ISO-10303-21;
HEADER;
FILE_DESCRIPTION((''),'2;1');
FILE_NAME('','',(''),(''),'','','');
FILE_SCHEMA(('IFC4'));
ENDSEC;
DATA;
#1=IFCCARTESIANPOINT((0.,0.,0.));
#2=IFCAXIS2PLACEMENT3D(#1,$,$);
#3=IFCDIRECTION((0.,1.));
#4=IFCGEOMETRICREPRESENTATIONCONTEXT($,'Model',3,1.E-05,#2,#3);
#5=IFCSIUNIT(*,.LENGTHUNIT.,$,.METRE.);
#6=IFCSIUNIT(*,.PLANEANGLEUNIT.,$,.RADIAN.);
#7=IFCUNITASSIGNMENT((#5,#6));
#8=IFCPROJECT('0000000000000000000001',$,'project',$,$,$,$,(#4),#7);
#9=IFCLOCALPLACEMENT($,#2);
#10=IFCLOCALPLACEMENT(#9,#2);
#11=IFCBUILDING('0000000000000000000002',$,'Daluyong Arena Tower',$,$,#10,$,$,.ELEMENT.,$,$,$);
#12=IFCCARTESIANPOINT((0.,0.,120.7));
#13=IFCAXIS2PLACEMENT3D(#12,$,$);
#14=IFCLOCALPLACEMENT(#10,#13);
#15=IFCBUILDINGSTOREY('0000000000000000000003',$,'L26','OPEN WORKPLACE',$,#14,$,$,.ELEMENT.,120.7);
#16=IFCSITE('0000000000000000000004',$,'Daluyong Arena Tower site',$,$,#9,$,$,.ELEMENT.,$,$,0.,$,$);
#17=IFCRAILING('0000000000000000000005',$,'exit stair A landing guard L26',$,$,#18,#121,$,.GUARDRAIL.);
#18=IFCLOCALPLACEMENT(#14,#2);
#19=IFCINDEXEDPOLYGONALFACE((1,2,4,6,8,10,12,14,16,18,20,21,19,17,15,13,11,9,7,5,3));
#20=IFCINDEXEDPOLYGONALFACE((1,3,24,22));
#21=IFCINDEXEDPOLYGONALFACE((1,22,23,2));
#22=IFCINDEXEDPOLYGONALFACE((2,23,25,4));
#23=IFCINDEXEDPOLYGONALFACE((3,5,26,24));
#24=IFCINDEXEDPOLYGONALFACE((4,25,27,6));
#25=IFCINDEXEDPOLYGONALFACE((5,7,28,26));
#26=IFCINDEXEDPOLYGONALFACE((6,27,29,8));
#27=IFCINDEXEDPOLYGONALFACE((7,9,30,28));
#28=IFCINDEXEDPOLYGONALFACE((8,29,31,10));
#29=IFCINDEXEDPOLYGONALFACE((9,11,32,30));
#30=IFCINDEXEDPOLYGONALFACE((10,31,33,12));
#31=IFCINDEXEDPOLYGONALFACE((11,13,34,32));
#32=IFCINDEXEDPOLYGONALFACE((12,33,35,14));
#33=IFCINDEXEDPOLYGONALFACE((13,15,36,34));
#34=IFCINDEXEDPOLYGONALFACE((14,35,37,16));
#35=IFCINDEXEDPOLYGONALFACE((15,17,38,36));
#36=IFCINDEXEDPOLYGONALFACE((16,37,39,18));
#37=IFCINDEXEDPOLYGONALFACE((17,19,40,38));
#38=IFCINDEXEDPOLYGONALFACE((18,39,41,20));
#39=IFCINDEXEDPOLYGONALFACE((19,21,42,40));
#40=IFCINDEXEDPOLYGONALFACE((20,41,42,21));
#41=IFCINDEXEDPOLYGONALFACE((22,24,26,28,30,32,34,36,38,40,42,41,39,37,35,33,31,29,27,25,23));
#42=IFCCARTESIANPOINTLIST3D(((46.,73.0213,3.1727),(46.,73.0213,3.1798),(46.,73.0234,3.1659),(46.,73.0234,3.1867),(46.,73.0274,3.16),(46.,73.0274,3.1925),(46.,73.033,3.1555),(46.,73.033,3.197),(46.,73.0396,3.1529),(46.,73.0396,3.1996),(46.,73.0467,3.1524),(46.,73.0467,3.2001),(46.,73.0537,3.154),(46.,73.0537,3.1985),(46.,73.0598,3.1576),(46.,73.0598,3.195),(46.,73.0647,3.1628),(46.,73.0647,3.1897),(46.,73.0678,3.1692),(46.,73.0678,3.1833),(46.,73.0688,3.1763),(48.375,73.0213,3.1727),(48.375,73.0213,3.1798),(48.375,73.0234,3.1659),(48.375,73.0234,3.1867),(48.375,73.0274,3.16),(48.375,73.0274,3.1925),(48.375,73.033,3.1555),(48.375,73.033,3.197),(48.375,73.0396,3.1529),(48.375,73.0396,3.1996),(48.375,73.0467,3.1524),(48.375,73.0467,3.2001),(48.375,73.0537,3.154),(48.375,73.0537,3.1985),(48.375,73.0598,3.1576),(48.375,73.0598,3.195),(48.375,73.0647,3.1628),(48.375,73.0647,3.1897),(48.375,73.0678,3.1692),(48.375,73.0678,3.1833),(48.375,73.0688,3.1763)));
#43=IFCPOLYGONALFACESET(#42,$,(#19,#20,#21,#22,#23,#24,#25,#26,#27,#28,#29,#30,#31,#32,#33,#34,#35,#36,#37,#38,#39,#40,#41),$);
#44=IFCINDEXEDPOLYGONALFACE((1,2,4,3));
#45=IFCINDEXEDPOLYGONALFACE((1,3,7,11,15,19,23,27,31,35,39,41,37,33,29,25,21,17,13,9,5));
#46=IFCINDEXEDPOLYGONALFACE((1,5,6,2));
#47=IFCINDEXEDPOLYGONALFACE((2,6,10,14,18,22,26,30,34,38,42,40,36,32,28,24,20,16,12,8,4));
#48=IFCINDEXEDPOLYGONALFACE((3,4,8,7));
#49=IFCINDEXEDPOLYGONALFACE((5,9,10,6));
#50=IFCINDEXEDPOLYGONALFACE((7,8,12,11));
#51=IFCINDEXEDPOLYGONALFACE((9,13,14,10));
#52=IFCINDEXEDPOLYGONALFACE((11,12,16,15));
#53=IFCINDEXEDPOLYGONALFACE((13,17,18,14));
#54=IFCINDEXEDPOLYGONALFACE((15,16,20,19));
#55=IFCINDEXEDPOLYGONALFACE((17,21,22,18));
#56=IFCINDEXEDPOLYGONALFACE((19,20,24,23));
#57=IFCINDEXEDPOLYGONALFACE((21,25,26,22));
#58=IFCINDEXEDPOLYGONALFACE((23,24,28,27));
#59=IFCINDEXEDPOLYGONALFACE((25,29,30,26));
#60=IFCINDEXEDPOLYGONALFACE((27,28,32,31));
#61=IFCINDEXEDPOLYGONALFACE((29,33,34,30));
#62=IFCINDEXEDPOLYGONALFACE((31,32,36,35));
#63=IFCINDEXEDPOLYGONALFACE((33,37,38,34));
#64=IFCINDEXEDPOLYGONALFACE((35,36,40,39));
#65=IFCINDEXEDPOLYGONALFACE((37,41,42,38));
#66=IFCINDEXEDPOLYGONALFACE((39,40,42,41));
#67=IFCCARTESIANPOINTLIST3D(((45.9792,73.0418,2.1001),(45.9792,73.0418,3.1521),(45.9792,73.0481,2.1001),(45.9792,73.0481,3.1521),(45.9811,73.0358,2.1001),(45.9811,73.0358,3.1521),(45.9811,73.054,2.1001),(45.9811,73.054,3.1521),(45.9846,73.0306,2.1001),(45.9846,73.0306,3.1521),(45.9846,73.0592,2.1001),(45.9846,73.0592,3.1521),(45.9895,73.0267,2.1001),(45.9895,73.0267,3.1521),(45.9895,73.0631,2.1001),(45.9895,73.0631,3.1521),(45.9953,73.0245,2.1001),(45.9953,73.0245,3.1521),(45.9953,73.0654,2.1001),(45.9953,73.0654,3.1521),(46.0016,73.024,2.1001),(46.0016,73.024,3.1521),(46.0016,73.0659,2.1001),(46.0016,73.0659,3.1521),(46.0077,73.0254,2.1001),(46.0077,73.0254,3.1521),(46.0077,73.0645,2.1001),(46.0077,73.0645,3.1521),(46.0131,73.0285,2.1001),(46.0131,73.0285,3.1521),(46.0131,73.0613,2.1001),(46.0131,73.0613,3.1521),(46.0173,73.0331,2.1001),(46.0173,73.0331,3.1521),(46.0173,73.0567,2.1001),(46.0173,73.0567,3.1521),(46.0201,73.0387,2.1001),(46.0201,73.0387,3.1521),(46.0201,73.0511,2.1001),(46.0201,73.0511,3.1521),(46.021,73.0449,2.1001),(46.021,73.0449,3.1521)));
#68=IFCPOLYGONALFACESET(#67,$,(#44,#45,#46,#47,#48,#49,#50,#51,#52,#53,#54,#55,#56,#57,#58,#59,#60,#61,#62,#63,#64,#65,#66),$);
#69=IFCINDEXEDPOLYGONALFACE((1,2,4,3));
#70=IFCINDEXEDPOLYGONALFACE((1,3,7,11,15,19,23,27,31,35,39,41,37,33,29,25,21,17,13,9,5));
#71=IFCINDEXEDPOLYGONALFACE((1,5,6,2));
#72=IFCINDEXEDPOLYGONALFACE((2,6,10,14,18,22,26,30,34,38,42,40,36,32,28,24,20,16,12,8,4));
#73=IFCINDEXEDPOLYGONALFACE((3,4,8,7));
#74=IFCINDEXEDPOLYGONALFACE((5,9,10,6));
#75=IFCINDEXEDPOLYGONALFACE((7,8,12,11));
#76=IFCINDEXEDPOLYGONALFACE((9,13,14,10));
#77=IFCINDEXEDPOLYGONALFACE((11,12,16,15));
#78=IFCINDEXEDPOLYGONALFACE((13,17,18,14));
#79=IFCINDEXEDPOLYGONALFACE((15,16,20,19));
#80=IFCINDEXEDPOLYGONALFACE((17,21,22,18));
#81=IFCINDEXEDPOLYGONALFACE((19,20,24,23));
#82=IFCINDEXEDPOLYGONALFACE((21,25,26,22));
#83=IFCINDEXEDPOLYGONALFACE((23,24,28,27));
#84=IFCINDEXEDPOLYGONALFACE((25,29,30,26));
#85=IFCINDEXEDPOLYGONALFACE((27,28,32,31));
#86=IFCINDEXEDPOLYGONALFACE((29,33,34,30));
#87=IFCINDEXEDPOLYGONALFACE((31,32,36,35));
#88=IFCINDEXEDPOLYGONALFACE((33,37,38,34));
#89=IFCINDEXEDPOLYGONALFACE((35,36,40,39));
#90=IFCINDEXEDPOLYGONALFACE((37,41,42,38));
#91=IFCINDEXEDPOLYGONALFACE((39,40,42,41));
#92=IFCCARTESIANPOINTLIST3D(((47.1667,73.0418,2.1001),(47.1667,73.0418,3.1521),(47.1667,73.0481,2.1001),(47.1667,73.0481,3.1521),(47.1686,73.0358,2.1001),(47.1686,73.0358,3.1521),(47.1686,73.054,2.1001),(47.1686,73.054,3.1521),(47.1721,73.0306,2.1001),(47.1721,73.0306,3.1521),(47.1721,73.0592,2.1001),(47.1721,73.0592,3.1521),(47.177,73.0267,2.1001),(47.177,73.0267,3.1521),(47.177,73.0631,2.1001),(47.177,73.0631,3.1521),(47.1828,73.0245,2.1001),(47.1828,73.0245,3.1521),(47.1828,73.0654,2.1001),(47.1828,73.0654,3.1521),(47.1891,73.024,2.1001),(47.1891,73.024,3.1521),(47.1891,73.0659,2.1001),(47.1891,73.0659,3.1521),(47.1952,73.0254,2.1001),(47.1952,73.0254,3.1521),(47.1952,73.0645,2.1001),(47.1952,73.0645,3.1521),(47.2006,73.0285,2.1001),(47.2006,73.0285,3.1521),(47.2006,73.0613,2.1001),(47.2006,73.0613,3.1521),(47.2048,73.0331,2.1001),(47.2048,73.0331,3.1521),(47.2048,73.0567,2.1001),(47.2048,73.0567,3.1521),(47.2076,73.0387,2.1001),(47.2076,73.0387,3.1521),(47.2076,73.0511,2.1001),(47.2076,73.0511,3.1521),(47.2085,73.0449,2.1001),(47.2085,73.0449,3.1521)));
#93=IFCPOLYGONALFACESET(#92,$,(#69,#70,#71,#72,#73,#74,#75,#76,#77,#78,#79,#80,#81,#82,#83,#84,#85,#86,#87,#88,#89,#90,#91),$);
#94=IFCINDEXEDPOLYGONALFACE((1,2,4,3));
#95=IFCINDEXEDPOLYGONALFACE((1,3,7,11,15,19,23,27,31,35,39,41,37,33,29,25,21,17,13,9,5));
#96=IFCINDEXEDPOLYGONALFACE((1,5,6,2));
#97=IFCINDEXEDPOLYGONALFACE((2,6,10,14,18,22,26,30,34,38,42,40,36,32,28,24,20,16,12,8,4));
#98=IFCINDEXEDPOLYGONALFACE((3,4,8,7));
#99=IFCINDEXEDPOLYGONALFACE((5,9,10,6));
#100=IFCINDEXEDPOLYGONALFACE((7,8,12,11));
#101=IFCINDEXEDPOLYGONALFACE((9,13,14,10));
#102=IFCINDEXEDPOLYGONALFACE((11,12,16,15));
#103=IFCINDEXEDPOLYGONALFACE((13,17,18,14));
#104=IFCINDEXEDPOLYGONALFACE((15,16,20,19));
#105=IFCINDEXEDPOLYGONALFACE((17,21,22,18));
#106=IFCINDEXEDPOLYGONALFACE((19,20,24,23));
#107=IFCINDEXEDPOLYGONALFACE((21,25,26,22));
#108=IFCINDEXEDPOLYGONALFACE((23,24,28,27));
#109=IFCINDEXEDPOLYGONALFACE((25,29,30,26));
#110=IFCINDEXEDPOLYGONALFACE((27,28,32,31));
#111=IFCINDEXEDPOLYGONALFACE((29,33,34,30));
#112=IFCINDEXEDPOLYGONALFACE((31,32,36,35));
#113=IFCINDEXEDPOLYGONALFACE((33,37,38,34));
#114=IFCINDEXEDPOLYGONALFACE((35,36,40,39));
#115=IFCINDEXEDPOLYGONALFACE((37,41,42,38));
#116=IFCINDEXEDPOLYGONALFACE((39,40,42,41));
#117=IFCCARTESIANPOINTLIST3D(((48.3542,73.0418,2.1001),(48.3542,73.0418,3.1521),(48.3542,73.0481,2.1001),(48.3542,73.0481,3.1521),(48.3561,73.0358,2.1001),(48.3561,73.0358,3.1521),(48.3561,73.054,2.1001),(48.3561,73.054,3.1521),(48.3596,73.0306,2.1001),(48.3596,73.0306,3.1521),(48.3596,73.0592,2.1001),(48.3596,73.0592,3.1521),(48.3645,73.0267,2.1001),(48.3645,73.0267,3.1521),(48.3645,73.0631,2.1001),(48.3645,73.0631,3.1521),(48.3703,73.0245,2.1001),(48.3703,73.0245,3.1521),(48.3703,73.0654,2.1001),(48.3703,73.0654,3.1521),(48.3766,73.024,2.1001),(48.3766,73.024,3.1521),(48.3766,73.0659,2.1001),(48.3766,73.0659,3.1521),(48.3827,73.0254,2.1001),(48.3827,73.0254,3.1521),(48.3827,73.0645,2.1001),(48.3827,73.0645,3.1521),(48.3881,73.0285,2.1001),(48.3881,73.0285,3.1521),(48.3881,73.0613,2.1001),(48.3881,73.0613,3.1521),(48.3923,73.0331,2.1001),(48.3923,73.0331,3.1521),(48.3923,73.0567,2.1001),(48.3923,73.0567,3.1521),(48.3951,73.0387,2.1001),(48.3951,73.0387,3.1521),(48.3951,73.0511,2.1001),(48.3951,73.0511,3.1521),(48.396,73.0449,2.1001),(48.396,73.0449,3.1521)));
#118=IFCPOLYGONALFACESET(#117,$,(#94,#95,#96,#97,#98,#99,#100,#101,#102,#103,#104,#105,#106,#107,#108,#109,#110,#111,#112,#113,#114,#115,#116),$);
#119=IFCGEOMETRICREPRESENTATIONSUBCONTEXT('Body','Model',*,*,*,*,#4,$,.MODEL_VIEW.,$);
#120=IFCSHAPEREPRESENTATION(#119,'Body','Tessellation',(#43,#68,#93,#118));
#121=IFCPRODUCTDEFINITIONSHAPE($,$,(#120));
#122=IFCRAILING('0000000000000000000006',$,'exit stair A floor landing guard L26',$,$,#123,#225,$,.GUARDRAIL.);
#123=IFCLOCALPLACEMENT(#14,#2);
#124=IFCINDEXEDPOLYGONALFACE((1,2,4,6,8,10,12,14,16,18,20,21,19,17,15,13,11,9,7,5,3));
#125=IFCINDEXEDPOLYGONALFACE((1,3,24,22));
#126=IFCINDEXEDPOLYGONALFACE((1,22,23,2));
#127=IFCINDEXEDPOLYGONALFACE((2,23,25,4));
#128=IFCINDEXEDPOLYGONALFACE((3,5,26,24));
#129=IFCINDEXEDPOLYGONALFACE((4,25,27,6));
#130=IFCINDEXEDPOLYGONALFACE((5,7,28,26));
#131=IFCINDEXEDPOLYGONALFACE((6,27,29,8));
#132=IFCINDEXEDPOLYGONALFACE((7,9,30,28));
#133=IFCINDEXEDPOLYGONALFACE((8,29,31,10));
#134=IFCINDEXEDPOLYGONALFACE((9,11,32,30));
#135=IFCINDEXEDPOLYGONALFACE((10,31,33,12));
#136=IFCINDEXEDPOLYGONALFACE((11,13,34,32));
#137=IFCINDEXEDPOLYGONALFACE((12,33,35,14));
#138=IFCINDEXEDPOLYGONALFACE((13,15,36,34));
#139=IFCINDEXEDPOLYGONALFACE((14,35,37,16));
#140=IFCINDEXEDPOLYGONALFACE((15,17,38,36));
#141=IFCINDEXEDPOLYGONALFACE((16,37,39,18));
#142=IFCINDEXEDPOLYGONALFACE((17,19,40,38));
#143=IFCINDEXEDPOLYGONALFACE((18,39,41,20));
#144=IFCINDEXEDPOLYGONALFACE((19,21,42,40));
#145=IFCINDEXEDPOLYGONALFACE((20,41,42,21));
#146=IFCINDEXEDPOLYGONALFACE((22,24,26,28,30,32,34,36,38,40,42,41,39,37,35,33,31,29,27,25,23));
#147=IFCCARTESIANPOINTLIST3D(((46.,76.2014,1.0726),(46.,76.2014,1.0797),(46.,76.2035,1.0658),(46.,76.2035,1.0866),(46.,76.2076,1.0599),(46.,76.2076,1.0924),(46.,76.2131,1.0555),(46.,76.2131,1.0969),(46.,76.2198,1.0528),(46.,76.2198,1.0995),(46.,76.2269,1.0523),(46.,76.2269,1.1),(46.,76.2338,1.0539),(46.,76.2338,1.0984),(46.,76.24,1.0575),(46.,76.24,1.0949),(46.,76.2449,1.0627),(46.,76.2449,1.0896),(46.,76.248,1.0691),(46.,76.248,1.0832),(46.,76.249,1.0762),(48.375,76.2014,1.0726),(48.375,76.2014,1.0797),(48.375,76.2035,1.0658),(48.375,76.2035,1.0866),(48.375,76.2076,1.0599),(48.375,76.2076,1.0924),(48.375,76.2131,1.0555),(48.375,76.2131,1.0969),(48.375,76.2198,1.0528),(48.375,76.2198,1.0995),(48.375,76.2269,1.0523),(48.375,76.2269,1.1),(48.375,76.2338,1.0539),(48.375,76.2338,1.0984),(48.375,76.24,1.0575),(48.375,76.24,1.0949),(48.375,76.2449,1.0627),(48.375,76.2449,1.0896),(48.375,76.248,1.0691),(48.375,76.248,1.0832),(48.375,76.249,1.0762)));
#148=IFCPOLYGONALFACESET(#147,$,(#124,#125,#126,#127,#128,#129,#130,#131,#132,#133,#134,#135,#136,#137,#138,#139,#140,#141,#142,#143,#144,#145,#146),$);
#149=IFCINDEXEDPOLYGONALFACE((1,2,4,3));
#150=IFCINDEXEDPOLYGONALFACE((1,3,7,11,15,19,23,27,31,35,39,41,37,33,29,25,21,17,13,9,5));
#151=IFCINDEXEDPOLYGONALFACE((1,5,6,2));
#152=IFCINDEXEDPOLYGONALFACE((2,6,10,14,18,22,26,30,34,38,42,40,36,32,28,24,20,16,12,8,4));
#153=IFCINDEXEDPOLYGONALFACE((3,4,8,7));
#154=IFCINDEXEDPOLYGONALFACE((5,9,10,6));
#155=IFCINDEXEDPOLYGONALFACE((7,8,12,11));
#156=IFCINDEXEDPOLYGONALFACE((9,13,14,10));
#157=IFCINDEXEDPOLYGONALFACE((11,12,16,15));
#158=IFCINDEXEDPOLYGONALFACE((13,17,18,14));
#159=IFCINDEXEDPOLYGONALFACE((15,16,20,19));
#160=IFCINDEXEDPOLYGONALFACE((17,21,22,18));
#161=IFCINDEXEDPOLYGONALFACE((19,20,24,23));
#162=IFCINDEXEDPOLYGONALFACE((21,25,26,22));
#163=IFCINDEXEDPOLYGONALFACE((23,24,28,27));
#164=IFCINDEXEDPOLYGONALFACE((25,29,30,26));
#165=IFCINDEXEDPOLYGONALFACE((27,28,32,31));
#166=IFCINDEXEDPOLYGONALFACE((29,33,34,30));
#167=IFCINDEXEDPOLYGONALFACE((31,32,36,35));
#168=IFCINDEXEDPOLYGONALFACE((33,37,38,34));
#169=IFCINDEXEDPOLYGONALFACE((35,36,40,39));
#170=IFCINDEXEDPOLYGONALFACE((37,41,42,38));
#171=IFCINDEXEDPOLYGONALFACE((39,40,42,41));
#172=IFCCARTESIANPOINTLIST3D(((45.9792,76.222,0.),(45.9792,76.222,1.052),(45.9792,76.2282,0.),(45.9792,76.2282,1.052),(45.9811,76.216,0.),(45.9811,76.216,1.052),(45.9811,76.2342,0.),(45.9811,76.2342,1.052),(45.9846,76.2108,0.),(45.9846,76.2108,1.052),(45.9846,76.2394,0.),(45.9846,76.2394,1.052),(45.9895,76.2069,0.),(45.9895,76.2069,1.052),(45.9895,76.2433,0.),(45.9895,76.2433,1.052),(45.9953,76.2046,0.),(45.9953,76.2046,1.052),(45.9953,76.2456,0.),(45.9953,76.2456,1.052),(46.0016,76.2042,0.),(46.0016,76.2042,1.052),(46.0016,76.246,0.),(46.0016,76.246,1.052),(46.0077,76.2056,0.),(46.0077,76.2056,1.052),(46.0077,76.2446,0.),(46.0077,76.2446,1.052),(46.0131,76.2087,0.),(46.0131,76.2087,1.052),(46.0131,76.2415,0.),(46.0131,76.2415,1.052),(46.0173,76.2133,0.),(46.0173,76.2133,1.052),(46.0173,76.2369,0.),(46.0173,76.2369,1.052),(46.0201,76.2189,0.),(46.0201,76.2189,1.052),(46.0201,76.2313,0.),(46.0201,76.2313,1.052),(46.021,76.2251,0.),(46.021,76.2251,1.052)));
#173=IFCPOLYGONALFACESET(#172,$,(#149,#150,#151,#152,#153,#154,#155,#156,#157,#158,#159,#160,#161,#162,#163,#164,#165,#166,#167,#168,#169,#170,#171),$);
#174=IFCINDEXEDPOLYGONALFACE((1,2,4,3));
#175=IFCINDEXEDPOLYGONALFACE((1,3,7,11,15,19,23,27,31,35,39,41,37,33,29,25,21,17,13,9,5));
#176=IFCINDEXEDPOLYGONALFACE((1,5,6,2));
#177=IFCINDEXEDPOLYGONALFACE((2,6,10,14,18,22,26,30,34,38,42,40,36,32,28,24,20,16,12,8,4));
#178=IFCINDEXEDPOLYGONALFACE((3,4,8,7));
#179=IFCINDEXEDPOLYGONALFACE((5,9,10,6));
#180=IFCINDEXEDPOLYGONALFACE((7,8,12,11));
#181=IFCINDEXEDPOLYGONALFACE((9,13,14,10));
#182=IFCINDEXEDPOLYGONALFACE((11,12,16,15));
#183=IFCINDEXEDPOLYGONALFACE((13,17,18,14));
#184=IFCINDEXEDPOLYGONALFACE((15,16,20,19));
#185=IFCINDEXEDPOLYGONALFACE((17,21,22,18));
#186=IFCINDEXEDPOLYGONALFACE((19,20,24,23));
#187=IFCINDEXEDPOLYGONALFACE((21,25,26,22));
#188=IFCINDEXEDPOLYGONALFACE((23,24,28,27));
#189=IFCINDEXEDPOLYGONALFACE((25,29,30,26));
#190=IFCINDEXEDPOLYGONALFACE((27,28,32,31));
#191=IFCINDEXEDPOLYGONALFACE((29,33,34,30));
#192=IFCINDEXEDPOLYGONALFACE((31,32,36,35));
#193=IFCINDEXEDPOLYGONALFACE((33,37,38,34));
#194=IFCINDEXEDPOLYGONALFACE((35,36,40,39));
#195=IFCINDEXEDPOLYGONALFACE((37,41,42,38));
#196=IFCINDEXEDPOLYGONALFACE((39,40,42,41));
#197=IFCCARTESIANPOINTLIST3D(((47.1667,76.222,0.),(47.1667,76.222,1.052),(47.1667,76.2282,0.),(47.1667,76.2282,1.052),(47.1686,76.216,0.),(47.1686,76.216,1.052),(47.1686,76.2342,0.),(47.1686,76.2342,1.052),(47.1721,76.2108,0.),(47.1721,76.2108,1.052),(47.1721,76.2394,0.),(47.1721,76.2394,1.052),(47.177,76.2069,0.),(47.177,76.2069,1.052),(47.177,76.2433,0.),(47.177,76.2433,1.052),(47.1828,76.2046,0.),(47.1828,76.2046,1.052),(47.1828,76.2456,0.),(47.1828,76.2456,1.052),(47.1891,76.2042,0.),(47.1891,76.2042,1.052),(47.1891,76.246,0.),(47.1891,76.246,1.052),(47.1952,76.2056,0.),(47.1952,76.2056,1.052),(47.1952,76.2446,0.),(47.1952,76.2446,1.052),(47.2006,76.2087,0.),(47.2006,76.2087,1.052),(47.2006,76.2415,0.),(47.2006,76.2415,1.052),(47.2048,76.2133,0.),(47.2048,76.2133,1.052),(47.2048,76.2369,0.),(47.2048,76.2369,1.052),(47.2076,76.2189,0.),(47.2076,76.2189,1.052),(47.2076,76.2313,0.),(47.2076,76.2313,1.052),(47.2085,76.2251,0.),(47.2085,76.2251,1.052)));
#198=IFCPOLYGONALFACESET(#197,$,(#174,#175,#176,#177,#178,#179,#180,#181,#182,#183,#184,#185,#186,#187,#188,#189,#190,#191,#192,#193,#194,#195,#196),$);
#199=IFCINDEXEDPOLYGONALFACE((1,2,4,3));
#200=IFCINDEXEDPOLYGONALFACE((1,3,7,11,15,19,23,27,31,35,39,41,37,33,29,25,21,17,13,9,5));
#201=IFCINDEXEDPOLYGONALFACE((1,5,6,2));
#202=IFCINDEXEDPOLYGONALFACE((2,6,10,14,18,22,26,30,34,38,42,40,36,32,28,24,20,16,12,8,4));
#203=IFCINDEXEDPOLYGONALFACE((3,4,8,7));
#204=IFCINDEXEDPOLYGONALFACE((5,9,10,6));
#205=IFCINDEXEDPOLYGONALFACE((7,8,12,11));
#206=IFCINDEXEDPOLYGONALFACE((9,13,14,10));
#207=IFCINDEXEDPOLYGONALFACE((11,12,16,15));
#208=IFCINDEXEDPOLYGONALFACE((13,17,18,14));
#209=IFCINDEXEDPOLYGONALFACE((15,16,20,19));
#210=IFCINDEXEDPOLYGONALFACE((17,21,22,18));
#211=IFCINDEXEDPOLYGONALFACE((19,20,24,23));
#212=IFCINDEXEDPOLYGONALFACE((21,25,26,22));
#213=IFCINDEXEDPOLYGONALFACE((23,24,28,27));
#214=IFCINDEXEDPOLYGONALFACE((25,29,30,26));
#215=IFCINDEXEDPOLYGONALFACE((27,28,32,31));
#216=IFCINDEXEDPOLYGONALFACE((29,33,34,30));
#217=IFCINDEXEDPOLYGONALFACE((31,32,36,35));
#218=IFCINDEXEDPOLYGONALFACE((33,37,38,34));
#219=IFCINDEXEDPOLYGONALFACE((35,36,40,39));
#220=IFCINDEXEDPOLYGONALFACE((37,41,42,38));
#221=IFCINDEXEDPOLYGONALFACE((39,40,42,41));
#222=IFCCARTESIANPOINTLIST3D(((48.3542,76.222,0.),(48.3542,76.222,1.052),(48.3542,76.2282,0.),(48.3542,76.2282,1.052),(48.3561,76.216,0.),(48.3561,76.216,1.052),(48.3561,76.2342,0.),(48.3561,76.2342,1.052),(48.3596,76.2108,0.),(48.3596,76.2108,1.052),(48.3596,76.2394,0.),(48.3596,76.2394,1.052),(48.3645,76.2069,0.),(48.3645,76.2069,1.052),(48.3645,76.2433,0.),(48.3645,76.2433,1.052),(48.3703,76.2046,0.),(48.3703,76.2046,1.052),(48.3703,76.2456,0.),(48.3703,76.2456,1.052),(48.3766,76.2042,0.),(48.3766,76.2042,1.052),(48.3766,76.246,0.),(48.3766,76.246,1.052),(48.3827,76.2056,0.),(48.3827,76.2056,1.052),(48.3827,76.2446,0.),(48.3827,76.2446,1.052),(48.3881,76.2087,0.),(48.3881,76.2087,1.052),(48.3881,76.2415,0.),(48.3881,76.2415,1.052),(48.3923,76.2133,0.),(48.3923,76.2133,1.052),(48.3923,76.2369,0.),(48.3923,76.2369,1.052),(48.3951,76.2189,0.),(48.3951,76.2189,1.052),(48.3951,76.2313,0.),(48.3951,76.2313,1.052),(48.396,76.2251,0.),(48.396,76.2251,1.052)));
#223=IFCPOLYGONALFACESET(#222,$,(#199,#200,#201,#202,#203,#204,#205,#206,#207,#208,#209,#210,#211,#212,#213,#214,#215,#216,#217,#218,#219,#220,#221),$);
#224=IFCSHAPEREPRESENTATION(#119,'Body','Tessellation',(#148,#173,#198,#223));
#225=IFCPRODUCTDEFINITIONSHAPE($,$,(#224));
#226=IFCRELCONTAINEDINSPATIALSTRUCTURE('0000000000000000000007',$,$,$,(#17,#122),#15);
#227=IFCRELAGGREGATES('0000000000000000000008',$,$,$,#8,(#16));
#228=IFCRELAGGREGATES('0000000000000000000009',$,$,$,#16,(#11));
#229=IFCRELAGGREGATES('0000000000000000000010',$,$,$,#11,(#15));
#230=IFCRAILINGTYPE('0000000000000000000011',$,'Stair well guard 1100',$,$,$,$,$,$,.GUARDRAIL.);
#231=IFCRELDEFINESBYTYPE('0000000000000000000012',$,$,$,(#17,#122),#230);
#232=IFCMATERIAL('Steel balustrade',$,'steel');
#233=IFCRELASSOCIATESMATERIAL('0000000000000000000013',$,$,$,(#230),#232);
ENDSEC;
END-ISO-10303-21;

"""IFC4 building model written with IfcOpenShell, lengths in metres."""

from ifc_helpers import new_model, si_unit, direction, frame, origin, origin_2d, place, context, subcontext, project, spatial, circle, extrude, material, type_object, element, save


model = new_model("IFC4")

# Units and contexts
model_context = context("Model", 3, precision=1e-05, world=origin(), true_north=direction((0.0, 1.0)))
body_context = subcontext(model_context, "Body", "Model", "MODEL_VIEW")
ifc_project = project(units=[si_unit("LENGTHUNIT", "METRE"), si_unit("PLANEANGLEUNIT", "RADIAN")], contexts=[model_context])

# Site, building, storey
site_placement = place(None, origin())
site = spatial("IfcSite", under=ifc_project, at=site_placement, Name="Daluyong Arena Tower site", CompositionType="ELEMENT", RefElevation=0.0)
building_placement = place(site_placement, origin())
building = spatial("IfcBuilding", under=site, at=building_placement, Name="Daluyong Arena Tower", CompositionType="ELEMENT")
storey_placement = place(building_placement, frame((0.0, 0.0, 120.7)))
storey = spatial("IfcBuildingStorey", under=building, at=storey_placement, Name="L26", Description="OPEN WORKPLACE", CompositionType="ELEMENT", Elevation=120.7)

# Railings
ifc_material_1 = material(Name="Steel balustrade", Category="steel")
railing_type_1 = type_object("IfcRailingType", Name="Stair well guard 1100", PredefinedType="GUARDRAIL", material=ifc_material_1)
for number, where, name in (
    (1, (46.0, 73.0449, 2.1001), "exit stair A landing guard L26"),
    (2, (46.0, 76.2251, 0.0), "exit stair A floor landing guard L26"),
):
    element("IfcRailing", number, at=place(storey_placement, frame(where)), inside=storey, type_object=railing_type_1, Name=name, PredefinedType="GUARDRAIL", context=body_context, shape_type="SweptSolid", body=[
        extrude(circle(Radius=0.0239, at=origin_2d()), frame((0.0, 0.0, 1.0762), z_axis=(1.0, 0.0, 0.0), x_axis=(0.0, 1.0, 0.0)), (0.0, 0.0, 1.0), 2.375),
        extrude(circle(Radius=0.021, at=origin_2d()), origin(), (0.0, 0.0, 1.0), 1.052),
        extrude(circle(Radius=0.021, at=origin_2d()), frame((1.1875, 0.0, 0.0)), (0.0, 0.0, 1.0), 1.052),
        extrude(circle(Radius=0.021, at=origin_2d()), frame((2.375, 0.0, 0.0)), (0.0, 0.0, 1.0), 1.052),
    ])

save(model, "model.ifc")
